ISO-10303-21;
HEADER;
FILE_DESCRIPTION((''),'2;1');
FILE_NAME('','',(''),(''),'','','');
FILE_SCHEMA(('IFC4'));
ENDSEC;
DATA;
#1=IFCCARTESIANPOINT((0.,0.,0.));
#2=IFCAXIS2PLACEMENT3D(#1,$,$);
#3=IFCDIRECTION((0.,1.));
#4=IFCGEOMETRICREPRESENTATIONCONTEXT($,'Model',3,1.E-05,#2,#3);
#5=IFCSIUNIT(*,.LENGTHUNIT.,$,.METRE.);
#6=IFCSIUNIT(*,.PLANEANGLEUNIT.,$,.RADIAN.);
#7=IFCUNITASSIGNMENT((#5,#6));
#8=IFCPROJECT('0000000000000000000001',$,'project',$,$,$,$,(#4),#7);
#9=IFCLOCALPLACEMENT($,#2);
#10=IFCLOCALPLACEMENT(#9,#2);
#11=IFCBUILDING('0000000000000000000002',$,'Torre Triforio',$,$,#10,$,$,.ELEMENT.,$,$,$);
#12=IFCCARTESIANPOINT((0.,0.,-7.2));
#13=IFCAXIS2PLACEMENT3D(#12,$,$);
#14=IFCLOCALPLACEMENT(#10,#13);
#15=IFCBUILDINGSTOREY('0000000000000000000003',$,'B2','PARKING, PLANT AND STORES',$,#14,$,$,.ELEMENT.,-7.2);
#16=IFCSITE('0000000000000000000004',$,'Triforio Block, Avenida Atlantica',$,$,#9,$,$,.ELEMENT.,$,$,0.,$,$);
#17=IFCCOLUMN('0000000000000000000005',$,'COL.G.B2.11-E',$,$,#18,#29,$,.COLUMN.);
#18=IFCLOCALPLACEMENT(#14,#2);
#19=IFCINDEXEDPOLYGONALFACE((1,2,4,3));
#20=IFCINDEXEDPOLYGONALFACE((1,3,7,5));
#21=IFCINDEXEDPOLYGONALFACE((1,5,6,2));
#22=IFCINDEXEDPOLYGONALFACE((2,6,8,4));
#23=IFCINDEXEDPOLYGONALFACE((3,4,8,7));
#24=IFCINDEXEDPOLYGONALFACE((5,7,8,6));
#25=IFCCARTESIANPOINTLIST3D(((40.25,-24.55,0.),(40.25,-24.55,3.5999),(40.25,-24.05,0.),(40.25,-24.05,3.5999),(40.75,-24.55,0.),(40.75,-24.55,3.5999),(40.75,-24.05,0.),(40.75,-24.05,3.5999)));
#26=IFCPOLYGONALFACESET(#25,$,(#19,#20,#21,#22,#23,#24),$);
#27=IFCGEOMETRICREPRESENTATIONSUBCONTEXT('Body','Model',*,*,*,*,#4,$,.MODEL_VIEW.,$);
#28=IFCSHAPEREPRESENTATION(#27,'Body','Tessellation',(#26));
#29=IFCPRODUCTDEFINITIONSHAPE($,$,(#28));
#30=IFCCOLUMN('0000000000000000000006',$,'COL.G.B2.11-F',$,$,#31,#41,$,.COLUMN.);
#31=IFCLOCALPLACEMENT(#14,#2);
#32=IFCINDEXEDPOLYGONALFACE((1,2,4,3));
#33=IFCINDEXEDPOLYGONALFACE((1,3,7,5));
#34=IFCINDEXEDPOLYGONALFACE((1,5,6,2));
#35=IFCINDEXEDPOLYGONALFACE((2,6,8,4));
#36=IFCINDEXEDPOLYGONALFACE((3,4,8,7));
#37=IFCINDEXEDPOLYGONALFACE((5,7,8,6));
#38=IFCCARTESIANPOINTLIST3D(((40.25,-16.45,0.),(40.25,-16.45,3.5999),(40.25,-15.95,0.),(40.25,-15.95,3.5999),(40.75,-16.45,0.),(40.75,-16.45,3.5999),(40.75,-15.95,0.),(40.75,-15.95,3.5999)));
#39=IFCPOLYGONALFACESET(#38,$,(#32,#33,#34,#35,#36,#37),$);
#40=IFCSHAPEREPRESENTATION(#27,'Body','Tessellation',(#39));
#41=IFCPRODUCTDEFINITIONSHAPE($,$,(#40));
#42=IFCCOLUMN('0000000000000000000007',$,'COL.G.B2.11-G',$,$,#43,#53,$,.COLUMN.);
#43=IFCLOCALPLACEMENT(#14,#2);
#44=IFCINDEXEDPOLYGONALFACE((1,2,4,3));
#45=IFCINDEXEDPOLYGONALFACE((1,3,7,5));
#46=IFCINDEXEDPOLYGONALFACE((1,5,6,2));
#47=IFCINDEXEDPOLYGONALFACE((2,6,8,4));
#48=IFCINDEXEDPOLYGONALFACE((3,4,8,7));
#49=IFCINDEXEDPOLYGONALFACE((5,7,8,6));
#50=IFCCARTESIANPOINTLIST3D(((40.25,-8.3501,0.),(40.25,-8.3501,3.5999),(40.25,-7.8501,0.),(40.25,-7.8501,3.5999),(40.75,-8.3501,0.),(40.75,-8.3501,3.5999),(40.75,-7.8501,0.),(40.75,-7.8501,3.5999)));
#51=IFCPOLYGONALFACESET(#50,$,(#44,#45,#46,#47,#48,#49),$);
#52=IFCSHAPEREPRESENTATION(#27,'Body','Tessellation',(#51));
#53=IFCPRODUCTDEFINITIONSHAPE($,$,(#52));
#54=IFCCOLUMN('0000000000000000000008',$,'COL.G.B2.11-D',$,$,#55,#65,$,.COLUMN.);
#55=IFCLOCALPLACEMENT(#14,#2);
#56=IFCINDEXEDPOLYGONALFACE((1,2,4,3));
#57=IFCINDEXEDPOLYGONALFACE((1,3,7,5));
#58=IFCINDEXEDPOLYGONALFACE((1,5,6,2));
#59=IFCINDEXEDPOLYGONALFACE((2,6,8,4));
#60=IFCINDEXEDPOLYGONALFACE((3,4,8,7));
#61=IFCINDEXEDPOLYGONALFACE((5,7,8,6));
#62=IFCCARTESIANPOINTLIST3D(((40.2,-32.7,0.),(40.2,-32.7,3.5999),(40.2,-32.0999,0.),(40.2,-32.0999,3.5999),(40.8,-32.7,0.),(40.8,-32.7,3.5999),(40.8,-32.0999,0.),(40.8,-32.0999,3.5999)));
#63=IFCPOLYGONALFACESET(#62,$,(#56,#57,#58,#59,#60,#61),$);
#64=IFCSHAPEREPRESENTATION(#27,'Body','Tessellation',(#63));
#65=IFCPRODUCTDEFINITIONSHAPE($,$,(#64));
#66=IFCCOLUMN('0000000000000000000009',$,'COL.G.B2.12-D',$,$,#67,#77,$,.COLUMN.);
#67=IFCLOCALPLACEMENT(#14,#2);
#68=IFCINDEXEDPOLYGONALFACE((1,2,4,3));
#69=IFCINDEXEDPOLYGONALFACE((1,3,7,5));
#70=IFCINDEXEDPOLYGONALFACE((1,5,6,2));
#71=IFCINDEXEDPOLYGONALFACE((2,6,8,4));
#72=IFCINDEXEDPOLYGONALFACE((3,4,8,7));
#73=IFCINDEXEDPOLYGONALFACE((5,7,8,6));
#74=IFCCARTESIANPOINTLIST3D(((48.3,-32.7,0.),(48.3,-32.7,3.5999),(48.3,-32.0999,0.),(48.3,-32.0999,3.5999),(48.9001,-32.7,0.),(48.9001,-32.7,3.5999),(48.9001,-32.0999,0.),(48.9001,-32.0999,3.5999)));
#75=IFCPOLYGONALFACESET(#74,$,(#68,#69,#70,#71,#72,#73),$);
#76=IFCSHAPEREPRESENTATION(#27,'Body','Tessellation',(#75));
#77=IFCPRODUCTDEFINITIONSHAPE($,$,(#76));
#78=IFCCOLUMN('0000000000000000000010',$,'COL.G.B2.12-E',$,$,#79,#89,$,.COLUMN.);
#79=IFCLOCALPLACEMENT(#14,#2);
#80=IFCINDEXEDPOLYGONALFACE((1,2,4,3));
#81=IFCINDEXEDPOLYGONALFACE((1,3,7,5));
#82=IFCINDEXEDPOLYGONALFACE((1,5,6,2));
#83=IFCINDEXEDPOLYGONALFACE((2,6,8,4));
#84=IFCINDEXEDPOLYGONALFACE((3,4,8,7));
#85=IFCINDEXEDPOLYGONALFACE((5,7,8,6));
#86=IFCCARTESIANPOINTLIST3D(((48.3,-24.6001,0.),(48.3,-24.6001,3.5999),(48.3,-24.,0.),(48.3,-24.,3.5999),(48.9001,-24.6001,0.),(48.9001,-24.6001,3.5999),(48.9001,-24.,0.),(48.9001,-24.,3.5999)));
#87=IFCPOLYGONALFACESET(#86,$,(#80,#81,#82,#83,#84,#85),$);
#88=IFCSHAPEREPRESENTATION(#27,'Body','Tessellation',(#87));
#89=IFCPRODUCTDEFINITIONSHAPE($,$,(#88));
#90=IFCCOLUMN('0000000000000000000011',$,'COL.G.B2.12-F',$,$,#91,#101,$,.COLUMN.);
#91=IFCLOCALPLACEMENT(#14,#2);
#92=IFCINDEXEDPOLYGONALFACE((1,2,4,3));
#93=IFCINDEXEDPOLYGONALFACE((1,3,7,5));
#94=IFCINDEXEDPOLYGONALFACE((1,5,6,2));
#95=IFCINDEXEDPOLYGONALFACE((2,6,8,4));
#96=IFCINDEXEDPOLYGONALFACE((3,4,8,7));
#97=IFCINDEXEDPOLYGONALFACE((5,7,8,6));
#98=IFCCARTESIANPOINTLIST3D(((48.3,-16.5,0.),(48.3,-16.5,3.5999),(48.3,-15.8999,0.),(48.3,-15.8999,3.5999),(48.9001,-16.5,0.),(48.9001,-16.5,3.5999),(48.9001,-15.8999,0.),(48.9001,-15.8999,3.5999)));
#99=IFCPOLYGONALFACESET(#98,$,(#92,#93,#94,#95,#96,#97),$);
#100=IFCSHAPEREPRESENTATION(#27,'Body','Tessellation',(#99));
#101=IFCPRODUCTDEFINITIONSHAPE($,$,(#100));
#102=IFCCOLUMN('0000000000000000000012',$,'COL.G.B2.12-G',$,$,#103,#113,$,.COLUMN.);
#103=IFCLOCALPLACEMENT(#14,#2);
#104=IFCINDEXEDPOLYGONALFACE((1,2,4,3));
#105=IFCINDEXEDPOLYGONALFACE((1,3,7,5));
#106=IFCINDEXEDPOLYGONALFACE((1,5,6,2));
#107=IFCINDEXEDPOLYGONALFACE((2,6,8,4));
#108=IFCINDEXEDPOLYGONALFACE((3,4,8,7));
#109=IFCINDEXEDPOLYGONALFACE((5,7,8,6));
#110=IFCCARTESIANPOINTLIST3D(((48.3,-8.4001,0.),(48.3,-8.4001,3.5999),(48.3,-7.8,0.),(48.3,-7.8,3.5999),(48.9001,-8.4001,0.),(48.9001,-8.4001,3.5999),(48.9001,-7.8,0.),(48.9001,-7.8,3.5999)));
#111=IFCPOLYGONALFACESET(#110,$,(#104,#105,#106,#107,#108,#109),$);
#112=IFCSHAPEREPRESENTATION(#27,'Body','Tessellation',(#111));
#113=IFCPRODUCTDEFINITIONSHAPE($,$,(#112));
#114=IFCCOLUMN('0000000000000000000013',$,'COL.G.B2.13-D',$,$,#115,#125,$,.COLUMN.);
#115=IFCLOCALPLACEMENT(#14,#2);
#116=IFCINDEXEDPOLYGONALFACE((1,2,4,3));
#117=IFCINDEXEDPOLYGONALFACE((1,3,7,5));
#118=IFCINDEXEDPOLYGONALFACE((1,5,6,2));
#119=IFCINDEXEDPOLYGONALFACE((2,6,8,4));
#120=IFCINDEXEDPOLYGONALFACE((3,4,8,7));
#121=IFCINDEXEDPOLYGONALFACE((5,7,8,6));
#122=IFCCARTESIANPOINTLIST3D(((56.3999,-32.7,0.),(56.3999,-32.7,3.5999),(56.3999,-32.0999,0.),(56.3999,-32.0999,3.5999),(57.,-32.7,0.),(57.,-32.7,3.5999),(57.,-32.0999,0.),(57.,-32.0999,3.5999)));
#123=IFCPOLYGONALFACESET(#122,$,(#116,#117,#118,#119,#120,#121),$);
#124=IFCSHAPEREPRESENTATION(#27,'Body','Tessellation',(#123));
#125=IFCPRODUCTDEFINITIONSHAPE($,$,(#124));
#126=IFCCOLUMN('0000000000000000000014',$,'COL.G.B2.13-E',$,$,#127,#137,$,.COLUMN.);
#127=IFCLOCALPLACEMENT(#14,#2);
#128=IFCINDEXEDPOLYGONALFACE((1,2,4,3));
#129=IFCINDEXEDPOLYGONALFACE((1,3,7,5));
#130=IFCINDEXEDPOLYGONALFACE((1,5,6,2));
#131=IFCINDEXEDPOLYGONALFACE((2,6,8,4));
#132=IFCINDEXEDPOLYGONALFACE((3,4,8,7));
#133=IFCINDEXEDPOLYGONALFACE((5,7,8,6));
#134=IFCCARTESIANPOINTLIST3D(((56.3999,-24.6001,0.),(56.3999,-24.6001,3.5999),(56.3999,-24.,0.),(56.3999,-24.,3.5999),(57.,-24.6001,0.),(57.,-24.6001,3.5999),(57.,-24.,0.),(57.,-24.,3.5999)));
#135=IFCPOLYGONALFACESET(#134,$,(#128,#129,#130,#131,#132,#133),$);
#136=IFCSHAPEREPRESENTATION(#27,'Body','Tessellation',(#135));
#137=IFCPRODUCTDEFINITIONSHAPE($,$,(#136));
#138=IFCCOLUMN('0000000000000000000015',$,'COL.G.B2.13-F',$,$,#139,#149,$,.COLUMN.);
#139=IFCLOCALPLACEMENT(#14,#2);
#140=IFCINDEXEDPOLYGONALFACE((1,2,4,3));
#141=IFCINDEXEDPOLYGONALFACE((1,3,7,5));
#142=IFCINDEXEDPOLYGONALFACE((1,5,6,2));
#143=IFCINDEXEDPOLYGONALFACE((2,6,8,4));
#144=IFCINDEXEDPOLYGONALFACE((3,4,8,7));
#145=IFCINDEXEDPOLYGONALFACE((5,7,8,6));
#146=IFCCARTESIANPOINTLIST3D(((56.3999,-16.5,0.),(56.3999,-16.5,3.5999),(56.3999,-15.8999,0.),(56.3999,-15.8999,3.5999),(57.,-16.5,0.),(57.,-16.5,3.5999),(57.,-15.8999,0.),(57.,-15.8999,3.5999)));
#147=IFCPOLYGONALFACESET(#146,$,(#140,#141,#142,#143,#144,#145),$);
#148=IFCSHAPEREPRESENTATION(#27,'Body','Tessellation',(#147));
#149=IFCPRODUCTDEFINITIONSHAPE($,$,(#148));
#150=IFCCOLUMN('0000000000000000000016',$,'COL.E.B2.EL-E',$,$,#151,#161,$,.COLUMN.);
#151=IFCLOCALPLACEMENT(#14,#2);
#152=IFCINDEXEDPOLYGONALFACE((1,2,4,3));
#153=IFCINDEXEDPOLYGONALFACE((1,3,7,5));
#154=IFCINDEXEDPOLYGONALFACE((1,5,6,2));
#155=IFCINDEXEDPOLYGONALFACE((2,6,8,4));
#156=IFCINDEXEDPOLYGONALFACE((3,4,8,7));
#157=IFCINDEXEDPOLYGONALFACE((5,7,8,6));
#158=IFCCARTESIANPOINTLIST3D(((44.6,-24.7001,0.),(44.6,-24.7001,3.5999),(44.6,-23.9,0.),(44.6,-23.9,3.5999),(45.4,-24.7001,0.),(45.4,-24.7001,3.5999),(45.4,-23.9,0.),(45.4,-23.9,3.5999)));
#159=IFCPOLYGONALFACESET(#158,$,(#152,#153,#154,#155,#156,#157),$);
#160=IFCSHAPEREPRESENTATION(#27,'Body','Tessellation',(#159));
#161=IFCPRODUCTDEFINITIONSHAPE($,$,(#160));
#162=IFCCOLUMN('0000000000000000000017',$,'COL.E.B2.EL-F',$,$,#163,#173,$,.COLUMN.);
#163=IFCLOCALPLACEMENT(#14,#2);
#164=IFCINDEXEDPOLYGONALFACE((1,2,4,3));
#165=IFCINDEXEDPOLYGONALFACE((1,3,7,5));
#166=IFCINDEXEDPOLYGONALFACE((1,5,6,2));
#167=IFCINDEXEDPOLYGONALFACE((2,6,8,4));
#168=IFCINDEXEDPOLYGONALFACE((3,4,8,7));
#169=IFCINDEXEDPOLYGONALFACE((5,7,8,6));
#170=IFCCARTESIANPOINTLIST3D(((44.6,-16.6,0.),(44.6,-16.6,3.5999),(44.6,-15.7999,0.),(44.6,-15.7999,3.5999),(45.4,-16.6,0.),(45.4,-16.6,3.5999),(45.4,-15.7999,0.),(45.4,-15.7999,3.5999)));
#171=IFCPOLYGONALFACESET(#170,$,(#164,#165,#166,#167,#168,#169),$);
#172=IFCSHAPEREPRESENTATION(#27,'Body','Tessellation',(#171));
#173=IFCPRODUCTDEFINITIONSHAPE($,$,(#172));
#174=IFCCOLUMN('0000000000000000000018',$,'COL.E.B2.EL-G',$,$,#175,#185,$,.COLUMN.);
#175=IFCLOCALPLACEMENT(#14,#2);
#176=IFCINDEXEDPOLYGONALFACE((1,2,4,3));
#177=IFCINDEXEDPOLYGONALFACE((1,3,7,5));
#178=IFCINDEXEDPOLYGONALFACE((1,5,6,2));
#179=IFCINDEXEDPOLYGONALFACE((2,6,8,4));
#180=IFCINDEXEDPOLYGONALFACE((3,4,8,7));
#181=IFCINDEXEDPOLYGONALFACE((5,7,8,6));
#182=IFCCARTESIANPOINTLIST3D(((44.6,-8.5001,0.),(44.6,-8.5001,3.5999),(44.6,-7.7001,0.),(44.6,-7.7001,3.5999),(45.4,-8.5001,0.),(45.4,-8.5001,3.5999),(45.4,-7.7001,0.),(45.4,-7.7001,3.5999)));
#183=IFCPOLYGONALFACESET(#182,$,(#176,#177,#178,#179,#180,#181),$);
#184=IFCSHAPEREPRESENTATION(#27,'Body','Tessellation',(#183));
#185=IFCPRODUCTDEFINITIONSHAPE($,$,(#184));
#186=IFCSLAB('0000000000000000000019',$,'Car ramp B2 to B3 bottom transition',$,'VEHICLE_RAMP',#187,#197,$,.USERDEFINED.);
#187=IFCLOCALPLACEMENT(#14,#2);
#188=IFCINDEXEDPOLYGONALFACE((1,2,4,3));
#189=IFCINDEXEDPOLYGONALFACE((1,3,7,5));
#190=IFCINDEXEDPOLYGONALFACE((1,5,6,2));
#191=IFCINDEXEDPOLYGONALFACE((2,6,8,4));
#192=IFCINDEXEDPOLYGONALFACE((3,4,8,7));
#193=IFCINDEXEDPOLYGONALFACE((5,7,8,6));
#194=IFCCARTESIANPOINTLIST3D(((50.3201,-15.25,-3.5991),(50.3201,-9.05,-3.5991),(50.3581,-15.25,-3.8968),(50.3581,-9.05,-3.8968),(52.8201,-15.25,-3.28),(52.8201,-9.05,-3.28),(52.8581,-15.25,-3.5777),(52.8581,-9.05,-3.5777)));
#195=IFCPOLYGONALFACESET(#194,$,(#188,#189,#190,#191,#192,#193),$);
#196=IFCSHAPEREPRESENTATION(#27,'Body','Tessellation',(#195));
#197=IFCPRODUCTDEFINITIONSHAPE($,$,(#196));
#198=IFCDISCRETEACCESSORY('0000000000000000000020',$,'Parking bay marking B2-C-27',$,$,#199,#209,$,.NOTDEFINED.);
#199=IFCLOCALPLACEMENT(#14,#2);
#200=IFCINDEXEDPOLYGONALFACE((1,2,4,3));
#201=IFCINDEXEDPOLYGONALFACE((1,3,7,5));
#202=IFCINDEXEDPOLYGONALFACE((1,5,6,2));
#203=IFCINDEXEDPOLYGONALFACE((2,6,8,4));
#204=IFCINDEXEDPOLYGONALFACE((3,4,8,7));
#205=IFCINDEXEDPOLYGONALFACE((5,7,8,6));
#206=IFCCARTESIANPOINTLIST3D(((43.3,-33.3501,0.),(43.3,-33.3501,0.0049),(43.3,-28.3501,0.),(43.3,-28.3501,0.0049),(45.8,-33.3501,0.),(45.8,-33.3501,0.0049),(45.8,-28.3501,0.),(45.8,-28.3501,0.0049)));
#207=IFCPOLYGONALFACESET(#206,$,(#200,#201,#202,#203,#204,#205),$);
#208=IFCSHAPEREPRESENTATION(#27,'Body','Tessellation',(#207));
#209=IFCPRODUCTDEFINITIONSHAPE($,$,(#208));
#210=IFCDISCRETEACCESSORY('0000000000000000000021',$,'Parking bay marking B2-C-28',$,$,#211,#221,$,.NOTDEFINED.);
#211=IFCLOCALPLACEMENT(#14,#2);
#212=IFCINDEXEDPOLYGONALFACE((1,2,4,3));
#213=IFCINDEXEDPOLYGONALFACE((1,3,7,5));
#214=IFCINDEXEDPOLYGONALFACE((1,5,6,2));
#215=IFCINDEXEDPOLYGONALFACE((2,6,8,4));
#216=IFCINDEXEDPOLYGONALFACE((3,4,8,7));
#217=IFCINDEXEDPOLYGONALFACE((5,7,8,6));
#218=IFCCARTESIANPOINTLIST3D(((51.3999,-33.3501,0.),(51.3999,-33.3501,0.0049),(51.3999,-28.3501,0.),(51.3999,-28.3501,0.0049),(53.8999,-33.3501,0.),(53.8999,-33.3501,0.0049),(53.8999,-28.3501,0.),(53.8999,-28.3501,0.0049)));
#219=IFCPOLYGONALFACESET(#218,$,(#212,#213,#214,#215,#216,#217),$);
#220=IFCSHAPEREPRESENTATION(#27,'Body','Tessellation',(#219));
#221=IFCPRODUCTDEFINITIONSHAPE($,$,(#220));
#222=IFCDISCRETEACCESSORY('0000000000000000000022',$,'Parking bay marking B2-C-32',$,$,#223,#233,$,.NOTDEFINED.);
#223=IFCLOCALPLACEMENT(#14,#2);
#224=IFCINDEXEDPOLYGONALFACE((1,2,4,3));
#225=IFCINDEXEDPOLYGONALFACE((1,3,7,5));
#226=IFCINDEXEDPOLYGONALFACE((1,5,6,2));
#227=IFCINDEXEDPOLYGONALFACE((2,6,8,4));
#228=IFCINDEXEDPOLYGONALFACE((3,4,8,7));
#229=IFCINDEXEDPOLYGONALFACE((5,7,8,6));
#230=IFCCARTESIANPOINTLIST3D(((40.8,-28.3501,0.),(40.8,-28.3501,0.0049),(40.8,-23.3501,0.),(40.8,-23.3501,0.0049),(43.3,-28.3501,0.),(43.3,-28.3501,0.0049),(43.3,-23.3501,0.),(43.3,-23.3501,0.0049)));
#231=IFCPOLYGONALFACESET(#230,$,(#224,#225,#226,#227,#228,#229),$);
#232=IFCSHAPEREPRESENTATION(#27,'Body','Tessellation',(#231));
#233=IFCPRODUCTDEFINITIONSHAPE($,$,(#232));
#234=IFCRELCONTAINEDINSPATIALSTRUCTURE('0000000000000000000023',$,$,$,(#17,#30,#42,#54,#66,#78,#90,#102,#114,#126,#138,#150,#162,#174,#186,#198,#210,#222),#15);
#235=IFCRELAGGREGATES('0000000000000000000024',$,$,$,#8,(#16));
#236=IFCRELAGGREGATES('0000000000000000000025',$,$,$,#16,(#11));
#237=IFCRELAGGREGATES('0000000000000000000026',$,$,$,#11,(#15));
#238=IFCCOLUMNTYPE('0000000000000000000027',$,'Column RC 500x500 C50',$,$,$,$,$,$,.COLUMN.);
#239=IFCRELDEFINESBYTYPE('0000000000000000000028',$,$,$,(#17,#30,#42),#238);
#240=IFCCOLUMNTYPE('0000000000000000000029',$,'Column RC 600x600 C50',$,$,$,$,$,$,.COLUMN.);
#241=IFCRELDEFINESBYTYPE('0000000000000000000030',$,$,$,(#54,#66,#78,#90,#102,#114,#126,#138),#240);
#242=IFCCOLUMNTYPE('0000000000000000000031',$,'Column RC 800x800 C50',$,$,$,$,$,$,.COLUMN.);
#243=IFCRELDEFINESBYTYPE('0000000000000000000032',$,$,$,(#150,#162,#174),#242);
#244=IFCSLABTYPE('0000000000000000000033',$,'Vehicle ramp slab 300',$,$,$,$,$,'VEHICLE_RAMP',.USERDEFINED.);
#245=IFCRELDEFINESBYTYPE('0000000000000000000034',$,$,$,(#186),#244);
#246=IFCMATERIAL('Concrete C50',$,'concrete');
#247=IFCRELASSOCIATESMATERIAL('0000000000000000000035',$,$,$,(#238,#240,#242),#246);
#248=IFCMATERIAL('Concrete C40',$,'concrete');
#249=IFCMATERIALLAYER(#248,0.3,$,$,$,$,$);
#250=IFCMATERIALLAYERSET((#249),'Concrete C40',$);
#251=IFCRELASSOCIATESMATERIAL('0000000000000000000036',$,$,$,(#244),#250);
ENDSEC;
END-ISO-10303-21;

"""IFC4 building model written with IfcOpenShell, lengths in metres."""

from ifc_helpers import new_model, si_unit, direction, frame, origin, origin_2d, place, context, subcontext, project, spatial, polyline, rectangle, outline, extrude, material, layer, layer_set, material_profile, profile_set, type_object, element, save


model = new_model("IFC4")

# Units and contexts
model_context = context("Model", 3, precision=1e-05, world=origin(), true_north=direction((0.0, 1.0)))
body_context = subcontext(model_context, "Body", "Model", "MODEL_VIEW")
ifc_project = project(units=[si_unit("LENGTHUNIT", "METRE"), si_unit("PLANEANGLEUNIT", "RADIAN")], contexts=[model_context])

# Site, building, storey
site_placement = place(None, origin())
site = spatial("IfcSite", under=ifc_project, at=site_placement, Name="Triforio Block, Avenida Atlantica", CompositionType="ELEMENT", RefElevation=0.0)
building_placement = place(site_placement, origin())
building = spatial("IfcBuilding", under=site, at=building_placement, Name="Torre Triforio", CompositionType="ELEMENT")
storey_placement = place(building_placement, frame((0.0, 0.0, -7.2)))
storey = spatial("IfcBuildingStorey", under=building, at=storey_placement, Name="B2", Description="PARKING, PLANT AND STORES", CompositionType="ELEMENT", Elevation=-7.2)

# Columns
ifc_material_1 = material(Name="Concrete C50", Category="concrete")
ifc_material_profile_1 = material_profile(ifc_material_1, rectangle(XDim=0.5, YDim=0.5, at=origin_2d()), Name="RC 500x500")
ifc_profile_set_1 = profile_set([ifc_material_profile_1], Name="Concrete C50")
column_type_1 = type_object("IfcColumnType", Name="Column RC 500x500 C50", PredefinedType="COLUMN", material=ifc_profile_set_1)
for number, where, z_axis, x_axis, name in (
    (1, (40.5, -24.3, 0.0), (0.0, 0.0, 1.0), (1.0, 0.0, 0.0), "COL.G.B2.11-E"),
    (2, (40.5, -16.2, 0.0), (0.0, 0.0, 1.0), (1.0, 0.0, 0.0), "COL.G.B2.11-F"),
    (3, (40.5, -8.1001, 0.0), (0.0, 0.0, 1.0), (1.0, 0.0, 0.0), "COL.G.B2.11-G"),
):
    element("IfcColumn", number, at=place(storey_placement, frame(where, z_axis=z_axis, x_axis=x_axis)), inside=storey, type_object=column_type_1, Name=name, PredefinedType="COLUMN", context=body_context, shape_type="SweptSolid", body=[
        extrude(rectangle(XDim=0.5, YDim=0.5, at=origin_2d()), origin(), (0.0, 0.0, 1.0), 3.5999),
    ])
ifc_material_profile_2 = material_profile(ifc_material_1, rectangle(XDim=0.6001, YDim=0.6001, at=origin_2d()), Name="RC 600x600")
ifc_profile_set_2 = profile_set([ifc_material_profile_2], Name="Concrete C50")
column_type_2 = type_object("IfcColumnType", Name="Column RC 600x600 C50", PredefinedType="COLUMN", material=ifc_profile_set_2)
for number, where, z_axis, x_axis, name in (
    (4, (40.5, -32.3999, 0.0), (0.0, 0.0, 1.0), (1.0, 0.0, 0.0), "COL.G.B2.11-D"),
    (5, (48.6001, -32.3999, 0.0), (0.0, 0.0, 1.0), (1.0, 0.0, 0.0), "COL.G.B2.12-D"),
    (6, (48.6001, -24.3, 0.0), (0.0, 0.0, 1.0), (1.0, 0.0, 0.0), "COL.G.B2.12-E"),
    (7, (48.6001, -16.2, 0.0), (0.0, 0.0, 1.0), (1.0, 0.0, 0.0), "COL.G.B2.12-F"),
    (8, (48.6001, -8.1001, 0.0), (0.0, 0.0, 1.0), (1.0, 0.0, 0.0), "COL.G.B2.12-G"),
    (9, (56.7, -32.3999, 0.0), (0.0, 0.0, 1.0), (1.0, 0.0, 0.0), "COL.G.B2.13-D"),
    (10, (56.7, -24.3, 0.0), (0.0, 0.0, 1.0), (1.0, 0.0, 0.0), "COL.G.B2.13-E"),
    (11, (56.7, -16.2, 0.0), (0.0, 0.0, 1.0), (1.0, 0.0, 0.0), "COL.G.B2.13-F"),
):
    element("IfcColumn", number, at=place(storey_placement, frame(where, z_axis=z_axis, x_axis=x_axis)), inside=storey, type_object=column_type_2, Name=name, PredefinedType="COLUMN", context=body_context, shape_type="SweptSolid", body=[
        extrude(rectangle(XDim=0.6001, YDim=0.6001, at=origin_2d()), origin(), (0.0, 0.0, 1.0), 3.5999),
    ])
ifc_material_profile_3 = material_profile(ifc_material_1, rectangle(XDim=0.8, YDim=0.8, at=origin_2d()), Name="RC 800x800")
ifc_profile_set_3 = profile_set([ifc_material_profile_3], Name="Concrete C50")
column_type_3 = type_object("IfcColumnType", Name="Column RC 800x800 C50", PredefinedType="COLUMN", material=ifc_profile_set_3)
for number, where, z_axis, x_axis, name in (
    (12, (45.0, -24.3, 0.0), (0.0, 0.0, 1.0), (1.0, 0.0, 0.0), "COL.E.B2.EL-E"),
    (13, (45.0, -16.2, 0.0), (0.0, 0.0, 1.0), (1.0, 0.0, 0.0), "COL.E.B2.EL-F"),
    (14, (45.0, -8.1001, 0.0), (0.0, 0.0, 1.0), (1.0, 0.0, 0.0), "COL.E.B2.EL-G"),
):
    element("IfcColumn", number, at=place(storey_placement, frame(where, z_axis=z_axis, x_axis=x_axis)), inside=storey, type_object=column_type_3, Name=name, PredefinedType="COLUMN", context=body_context, shape_type="SweptSolid", body=[
        extrude(rectangle(XDim=0.8, YDim=0.8, at=origin_2d()), origin(), (0.0, 0.0, 1.0), 3.5999),
    ])

# Slab
ifc_material_2 = material(Name="Concrete C40", Category="concrete")
ifc_layer = layer(ifc_material_2, 0.3)
ifc_layer_set = layer_set([ifc_layer], Name="Concrete C40")
slab_type = type_object("IfcSlabType", Name="Vehicle ramp slab 300", ElementType="VEHICLE_RAMP", PredefinedType="USERDEFINED", material=ifc_layer_set)
slab_placement = place(storey_placement, frame((52.8201, -15.25, -3.28), z_axis=(-0.12661, 0.0, 0.991953), x_axis=(-0.991953, 0.0, -0.12661)))
element("IfcSlab", 15, at=slab_placement, inside=storey, type_object=slab_type, Name="Car ramp B2 to B3 bottom transition", ObjectType="VEHICLE_RAMP", PredefinedType="USERDEFINED", context=body_context, shape_type="SweptSolid", body=[
    extrude(outline(polyline([(0.0, 0.0), (2.5203, 0.0), (2.5203, -6.2), (0.0, -6.2), (0.0, 0.0)])), origin(), (0.0, 0.0, -1.0), 0.3),
])

# Discrete accessories
for number, where, z_axis, x_axis, name in (
    (16, (44.55, -30.8501, 0.0), (0.0, 0.0, 1.0), (1.0, 0.0, 0.0), "Parking bay marking B2-C-27"),
    (17, (52.6499, -30.8501, 0.0), (0.0, 0.0, 1.0), (1.0, 0.0, 0.0), "Parking bay marking B2-C-28"),
    (18, (42.05, -25.8501, 0.0), (0.0, 0.0, 1.0), (1.0, 0.0, 0.0), "Parking bay marking B2-C-32"),
):
    element("IfcDiscreteAccessory", number, at=place(storey_placement, frame(where, z_axis=z_axis, x_axis=x_axis)), inside=storey, Name=name, PredefinedType="NOTDEFINED", context=body_context, shape_type="SweptSolid", body=[
        extrude(rectangle(XDim=2.5, YDim=5.0, at=origin_2d()), origin(), (0.0, 0.0, 1.0), 0.0049),
    ])

save(model, "model.ifc")
